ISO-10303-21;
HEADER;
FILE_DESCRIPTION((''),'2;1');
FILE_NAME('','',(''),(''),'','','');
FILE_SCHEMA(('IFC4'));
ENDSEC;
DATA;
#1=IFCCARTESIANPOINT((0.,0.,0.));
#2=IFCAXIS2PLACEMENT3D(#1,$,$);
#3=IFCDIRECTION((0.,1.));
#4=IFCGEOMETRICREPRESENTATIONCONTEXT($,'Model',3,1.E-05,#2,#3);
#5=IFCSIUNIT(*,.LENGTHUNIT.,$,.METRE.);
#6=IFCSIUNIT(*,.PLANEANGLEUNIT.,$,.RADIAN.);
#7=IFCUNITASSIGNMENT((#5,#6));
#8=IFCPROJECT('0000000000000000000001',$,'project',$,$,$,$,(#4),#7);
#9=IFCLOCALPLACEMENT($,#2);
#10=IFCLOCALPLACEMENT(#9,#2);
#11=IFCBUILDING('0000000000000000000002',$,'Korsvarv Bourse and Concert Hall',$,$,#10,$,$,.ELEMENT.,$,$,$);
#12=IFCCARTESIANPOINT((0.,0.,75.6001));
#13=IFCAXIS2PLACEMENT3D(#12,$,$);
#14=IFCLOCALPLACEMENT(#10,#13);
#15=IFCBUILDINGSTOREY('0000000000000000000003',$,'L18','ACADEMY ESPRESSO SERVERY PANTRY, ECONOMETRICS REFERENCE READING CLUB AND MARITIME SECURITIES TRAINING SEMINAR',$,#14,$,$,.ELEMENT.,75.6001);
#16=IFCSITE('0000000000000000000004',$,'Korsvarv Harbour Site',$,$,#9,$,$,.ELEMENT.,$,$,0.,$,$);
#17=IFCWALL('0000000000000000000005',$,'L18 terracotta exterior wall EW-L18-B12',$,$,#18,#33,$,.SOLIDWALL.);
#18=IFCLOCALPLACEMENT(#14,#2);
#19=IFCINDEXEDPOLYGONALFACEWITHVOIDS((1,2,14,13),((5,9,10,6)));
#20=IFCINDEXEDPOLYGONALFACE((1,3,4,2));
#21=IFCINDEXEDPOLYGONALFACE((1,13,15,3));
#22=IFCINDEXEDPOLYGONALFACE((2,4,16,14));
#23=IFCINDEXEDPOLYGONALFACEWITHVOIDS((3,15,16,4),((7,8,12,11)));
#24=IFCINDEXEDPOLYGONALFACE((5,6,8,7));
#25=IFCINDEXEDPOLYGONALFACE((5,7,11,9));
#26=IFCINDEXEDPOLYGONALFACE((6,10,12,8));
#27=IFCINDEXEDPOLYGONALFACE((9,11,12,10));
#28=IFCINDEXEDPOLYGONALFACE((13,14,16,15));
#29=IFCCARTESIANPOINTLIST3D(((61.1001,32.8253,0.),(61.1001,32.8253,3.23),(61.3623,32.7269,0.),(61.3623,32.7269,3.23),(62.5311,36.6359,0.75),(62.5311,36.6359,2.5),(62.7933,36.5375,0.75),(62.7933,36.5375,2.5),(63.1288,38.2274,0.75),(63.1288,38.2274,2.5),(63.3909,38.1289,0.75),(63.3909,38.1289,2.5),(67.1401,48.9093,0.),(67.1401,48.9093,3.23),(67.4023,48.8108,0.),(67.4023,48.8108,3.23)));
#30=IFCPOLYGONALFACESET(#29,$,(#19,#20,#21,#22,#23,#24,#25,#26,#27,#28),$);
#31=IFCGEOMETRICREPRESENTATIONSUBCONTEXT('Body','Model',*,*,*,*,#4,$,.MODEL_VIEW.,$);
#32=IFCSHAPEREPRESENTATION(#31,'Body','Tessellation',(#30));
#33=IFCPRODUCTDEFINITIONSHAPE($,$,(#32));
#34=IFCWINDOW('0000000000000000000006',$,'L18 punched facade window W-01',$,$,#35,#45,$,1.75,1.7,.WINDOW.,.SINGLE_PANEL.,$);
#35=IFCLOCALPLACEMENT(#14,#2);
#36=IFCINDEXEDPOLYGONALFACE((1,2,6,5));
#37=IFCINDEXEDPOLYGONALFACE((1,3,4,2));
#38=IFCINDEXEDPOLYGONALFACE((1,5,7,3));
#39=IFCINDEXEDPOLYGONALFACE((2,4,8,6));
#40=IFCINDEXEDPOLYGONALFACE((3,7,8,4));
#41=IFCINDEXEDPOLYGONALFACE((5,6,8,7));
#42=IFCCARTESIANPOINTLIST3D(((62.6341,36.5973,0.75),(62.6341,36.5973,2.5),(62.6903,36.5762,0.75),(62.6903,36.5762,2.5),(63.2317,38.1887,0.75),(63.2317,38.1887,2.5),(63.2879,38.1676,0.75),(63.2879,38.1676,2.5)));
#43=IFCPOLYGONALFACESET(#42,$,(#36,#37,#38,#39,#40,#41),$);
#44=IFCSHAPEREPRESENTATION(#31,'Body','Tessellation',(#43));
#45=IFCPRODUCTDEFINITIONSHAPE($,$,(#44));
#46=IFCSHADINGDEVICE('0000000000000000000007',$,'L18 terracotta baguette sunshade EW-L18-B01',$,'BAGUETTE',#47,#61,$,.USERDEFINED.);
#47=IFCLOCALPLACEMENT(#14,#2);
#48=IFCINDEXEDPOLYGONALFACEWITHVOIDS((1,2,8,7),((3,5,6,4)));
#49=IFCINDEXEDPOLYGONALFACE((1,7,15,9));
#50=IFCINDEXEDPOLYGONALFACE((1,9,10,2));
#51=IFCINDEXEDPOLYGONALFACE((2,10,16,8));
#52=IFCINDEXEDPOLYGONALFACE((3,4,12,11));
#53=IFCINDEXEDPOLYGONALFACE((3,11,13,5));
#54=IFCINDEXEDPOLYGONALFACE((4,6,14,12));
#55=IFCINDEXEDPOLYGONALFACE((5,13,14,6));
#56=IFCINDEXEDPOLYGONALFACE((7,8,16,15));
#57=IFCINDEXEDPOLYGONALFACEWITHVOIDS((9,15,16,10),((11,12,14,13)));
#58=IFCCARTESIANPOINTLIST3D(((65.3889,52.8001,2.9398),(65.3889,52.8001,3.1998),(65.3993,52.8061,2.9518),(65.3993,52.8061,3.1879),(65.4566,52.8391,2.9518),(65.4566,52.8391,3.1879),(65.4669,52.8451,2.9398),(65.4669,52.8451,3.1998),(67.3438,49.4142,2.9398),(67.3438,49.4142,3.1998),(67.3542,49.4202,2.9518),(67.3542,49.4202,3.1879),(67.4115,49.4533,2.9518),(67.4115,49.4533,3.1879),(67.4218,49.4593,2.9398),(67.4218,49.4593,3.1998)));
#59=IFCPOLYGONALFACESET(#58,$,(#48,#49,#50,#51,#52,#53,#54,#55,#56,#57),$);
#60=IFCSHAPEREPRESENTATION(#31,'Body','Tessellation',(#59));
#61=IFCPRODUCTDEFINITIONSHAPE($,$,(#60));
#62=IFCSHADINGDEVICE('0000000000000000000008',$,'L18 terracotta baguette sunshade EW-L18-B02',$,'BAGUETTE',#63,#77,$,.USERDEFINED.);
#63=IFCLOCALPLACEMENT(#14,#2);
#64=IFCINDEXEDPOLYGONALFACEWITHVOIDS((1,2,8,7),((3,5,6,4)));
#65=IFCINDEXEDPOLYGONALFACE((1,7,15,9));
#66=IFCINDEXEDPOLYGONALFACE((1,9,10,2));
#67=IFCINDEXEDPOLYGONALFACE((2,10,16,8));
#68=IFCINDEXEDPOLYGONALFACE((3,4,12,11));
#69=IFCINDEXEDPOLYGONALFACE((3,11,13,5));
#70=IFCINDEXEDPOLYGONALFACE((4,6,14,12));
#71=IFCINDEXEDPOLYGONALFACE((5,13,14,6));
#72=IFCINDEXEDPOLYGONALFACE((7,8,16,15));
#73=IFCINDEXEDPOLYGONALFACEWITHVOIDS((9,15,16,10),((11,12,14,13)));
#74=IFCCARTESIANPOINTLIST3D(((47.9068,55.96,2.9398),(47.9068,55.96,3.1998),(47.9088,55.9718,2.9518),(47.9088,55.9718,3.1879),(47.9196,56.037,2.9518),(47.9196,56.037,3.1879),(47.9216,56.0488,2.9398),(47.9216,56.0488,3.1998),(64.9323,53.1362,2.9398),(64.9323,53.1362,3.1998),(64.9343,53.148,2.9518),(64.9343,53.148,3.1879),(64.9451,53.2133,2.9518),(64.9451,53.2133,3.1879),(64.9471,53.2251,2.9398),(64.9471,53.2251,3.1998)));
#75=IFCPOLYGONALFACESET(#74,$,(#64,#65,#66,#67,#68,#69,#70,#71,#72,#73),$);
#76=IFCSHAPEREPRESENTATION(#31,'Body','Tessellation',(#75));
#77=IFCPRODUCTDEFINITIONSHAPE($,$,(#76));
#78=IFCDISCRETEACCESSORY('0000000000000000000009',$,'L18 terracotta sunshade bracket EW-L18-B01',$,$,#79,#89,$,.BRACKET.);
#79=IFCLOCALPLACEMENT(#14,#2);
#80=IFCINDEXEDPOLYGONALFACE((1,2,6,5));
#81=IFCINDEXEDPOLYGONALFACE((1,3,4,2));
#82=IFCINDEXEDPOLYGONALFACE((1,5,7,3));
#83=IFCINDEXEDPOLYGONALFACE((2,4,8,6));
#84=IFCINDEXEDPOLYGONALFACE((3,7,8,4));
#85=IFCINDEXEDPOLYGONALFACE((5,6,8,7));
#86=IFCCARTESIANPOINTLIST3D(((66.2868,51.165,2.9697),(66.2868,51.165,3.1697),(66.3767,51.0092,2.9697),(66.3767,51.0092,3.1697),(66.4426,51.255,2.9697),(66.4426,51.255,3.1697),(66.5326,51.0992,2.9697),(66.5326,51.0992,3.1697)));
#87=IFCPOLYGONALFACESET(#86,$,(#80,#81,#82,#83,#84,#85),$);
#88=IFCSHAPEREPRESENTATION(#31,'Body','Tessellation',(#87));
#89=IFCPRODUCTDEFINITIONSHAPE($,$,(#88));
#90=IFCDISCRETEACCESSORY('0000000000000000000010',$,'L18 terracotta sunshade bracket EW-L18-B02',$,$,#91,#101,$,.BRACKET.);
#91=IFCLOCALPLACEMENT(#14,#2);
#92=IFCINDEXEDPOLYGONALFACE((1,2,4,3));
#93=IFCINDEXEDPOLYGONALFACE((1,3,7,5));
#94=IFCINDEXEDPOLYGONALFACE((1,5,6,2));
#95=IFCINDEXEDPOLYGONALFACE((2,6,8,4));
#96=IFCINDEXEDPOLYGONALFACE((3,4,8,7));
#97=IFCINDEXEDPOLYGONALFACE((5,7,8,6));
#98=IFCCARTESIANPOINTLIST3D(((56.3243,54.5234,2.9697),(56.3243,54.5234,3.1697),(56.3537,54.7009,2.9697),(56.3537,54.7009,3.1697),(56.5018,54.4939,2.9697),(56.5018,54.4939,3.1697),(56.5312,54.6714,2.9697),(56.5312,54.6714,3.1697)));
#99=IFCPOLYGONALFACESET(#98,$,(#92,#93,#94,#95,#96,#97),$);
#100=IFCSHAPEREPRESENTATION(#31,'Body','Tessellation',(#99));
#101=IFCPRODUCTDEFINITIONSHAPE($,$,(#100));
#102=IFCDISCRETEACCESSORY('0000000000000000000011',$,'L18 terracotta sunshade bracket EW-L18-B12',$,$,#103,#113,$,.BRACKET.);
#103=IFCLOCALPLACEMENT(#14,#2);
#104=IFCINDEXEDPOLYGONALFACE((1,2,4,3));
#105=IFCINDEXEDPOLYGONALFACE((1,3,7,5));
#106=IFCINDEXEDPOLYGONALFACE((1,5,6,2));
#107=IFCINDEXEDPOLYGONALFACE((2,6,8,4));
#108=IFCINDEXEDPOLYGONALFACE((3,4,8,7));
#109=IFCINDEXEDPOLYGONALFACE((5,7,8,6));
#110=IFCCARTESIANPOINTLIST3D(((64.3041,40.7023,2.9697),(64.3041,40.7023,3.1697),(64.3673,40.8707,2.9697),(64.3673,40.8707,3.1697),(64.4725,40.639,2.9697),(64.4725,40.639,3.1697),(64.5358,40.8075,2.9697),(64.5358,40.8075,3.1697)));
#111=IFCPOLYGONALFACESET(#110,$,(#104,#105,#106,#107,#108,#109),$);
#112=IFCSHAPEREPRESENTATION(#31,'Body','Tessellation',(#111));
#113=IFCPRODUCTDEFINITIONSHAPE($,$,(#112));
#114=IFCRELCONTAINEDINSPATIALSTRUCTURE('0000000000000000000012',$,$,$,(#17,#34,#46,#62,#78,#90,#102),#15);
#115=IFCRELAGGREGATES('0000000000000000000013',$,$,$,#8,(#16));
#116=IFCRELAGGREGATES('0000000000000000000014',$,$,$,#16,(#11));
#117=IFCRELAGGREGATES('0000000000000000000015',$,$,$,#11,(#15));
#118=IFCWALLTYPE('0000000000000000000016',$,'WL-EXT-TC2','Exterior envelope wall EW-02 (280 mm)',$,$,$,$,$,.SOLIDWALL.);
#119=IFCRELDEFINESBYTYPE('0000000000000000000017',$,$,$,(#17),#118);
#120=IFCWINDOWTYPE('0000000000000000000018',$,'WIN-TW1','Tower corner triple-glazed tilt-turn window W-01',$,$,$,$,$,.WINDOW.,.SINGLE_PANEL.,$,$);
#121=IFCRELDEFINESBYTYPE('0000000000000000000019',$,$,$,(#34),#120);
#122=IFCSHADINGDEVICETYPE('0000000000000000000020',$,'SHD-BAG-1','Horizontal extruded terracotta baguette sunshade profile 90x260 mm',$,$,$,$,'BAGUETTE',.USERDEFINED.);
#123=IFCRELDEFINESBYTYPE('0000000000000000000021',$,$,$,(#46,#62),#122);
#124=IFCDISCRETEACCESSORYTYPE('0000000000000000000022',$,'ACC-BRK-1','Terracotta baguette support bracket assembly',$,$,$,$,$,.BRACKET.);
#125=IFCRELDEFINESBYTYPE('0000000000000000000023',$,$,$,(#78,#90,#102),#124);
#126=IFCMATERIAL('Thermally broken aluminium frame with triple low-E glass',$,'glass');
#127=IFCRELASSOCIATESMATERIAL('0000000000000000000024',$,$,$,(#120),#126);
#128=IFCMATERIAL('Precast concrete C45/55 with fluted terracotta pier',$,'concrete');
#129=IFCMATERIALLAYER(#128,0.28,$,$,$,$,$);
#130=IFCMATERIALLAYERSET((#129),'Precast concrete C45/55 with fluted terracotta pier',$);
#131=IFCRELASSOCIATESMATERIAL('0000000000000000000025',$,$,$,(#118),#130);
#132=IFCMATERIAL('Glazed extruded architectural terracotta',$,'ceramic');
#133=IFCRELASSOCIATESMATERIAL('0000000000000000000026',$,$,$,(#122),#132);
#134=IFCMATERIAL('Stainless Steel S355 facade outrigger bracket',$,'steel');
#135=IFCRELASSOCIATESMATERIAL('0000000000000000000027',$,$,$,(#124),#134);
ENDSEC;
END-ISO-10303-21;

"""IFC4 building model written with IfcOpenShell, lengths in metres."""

from ifc_helpers import new_model, si_unit, direction, frame, frame_2d, origin, origin_2d, place, context, subcontext, project, spatial, rectangle, hollow_rectangle, extrude, source, transform, mapped, material, layer, layer_set, material_profile, profile_set, type_object, element, fill, save


model = new_model("IFC4")

# Units and contexts
model_context = context("Model", 3, precision=1e-05, world=origin(), true_north=direction((0.0, 1.0)))
body_context = subcontext(model_context, "Body", "Model", "MODEL_VIEW")
ifc_project = project(units=[si_unit("LENGTHUNIT", "METRE"), si_unit("PLANEANGLEUNIT", "RADIAN")], contexts=[model_context])

# Site, building, storey
site_placement = place(None, origin())
site = spatial("IfcSite", under=ifc_project, at=site_placement, Name="Korsvarv Harbour Site", CompositionType="ELEMENT", RefElevation=0.0)
building_placement = place(site_placement, origin())
building = spatial("IfcBuilding", under=site, at=building_placement, Name="Korsvarv Bourse and Concert Hall", CompositionType="ELEMENT")
storey_placement = place(building_placement, frame((0.0, 0.0, 75.6001)))
storey = spatial("IfcBuildingStorey", under=building, at=storey_placement, Name="L18", Description="ACADEMY ESPRESSO SERVERY PANTRY, ECONOMETRICS REFERENCE READING CLUB AND MARITIME SECURITIES TRAINING SEMINAR", CompositionType="ELEMENT", Elevation=75.6001)

# Wall, opening, window
ifc_material_1 = material(Name="Thermally broken aluminium frame with triple low-E glass", Category="glass")
window_type = type_object("IfcWindowType", Name="WIN-TW1", Description="Tower corner triple-glazed tilt-turn window W-01", PartitioningType="SINGLE_PANEL", PredefinedType="WINDOW", material=ifc_material_1)
ifc_material_2 = material(Name="Precast concrete C45/55 with fluted terracotta pier", Category="concrete")
ifc_layer_1 = layer(ifc_material_2, 0.28)
ifc_layer_set_1 = layer_set([ifc_layer_1], Name="Precast concrete C45/55 with fluted terracotta pier")
wall_type_1 = type_object("IfcWallType", Name="WL-EXT-TC2", Description="Exterior envelope wall EW-02 (280 mm)", PredefinedType="SOLIDWALL", material=ifc_layer_set_1)
wall_1_placement = place(storey_placement, frame((61.2312, 32.7761, 0.0), z_axis=(0.0, 0.0, 1.0), x_axis=(0.351559, 0.936166, 0.0)))
wall_1 = element("IfcWall", 1, at=wall_1_placement, inside=storey, type_object=wall_type_1, Name="L18 terracotta exterior wall EW-L18-B12", PredefinedType="SOLIDWALL", context=body_context, shape_type="SweptSolid", body=[
    extrude(rectangle(XDim=17.1807, YDim=0.28, at=frame_2d((8.5903, 0.0))), origin(), (0.0, 0.0, 1.0), 3.23),
])
opening_1_placement = place(wall_1_placement, frame((4.0703, 0.0, 0.75)))
opening_1 = element("IfcOpeningElement", 2, at=opening_1_placement, cuts=wall_1, PredefinedType="OPENING", context=body_context, shape_type="SweptSolid", body=[
    extrude(rectangle(XDim=1.7, YDim=1.75, at=frame_2d((0.8501, 0.875))), frame((0.0, 0.1499, 0.0), z_axis=(0.0, -1.0, 0.0), x_axis=(1.0, 0.0, 0.0)), (0.0, 0.0, 1.0), 0.3),
])
window_1_placement = place(opening_1_placement, origin())
window_1 = element("IfcWindow", 3, at=window_1_placement, inside=storey, type_object=window_type, Name="L18 punched facade window W-01", OverallHeight=1.75, OverallWidth=1.7, PartitioningType="SINGLE_PANEL", PredefinedType="WINDOW", context=body_context, shape_type="SweptSolid", body=[
    extrude(rectangle(XDim=1.7, YDim=1.75, at=frame_2d((0.8501, 0.875))), frame((0.0, 0.03, 0.0), z_axis=(0.0, -1.0, 0.0), x_axis=(1.0, 0.0, 0.0)), (0.0, 0.0, 1.0), 0.0601),
])
fill(opening_1, window_1)

# Shading devices
ifc_material_3 = material(Name="Glazed extruded architectural terracotta", Category="ceramic")
ifc_material_profile_1 = material_profile(ifc_material_3, hollow_rectangle(XDim=0.0901, YDim=0.26, WallThickness=0.012, at=origin_2d()), Name="TC-BAG 90x260")
ifc_profile_set_1 = profile_set([ifc_material_profile_1], Name="Glazed extruded architectural terracotta")
shading_device_type = type_object("IfcShadingDeviceType", Name="SHD-BAG-1", Description="Horizontal extruded terracotta baguette sunshade profile 90x260 mm", ElementType="BAGUETTE", PredefinedType="USERDEFINED", material=ifc_profile_set_1)
shared_shape_1 = source(origin(), body_context, "Body", "SweptSolid", [
    extrude(hollow_rectangle(XDim=0.0901, YDim=0.26, WallThickness=0.012, at=origin_2d()), origin(), (0.0, 0.0, 1.0), 3.9097),
])
shading_device_1_placement = place(storey_placement, frame((67.3828, 49.4368, 3.0698), z_axis=(-0.500014, 0.866017, 0.0), x_axis=(-0.866017, -0.500014, 0.0)))
element("IfcShadingDevice", 4, at=shading_device_1_placement, inside=storey, type_object=shading_device_type, Name="L18 terracotta baguette sunshade EW-L18-B01", ObjectType="BAGUETTE", PredefinedType="USERDEFINED", context=body_context, shape_type="MappedRepresentation", body=[
    mapped(shared_shape_1, transform((0.0, 0.0, 0.0), scale=1.0)),
])
shared_shape_2 = source(origin(), body_context, "Body", "SweptSolid", [
    extrude(hollow_rectangle(XDim=0.0901, YDim=0.26, WallThickness=0.012, at=origin_2d()), origin(), (0.0, 0.0, 1.0), 17.2581),
])
shading_device_2_placement = place(storey_placement, frame((64.9397, 53.1807, 3.0698), z_axis=(-0.986524, 0.163619, 0.0), x_axis=(-0.163619, -0.986524, 0.0)))
element("IfcShadingDevice", 5, at=shading_device_2_placement, inside=storey, type_object=shading_device_type, Name="L18 terracotta baguette sunshade EW-L18-B02", ObjectType="BAGUETTE", PredefinedType="USERDEFINED", context=body_context, shape_type="MappedRepresentation", body=[
    mapped(shared_shape_2, transform((0.0, 0.0, 0.0), scale=1.0)),
])

# Discrete accessories
ifc_material_4 = material(Name="Stainless Steel S355 facade outrigger bracket", Category="steel")
discrete_accessory_type = type_object("IfcDiscreteAccessoryType", Name="ACC-BRK-1", Description="Terracotta baguette support bracket assembly", PredefinedType="BRACKET", material=ifc_material_4)
shared_shape_3 = source(origin(), body_context, "Body", "SweptSolid", [
    extrude(rectangle(XDim=0.1799, YDim=0.1799, at=origin_2d()), origin(), (0.0, 0.0, 1.0), 0.2),
])
for number, where, z_axis, x_axis, name in (
    (6, (66.4097, 51.1321, 2.9697), (0.0, 0.0, 1.0), (-0.5, 0.866025, 0.0), "L18 terracotta sunshade bracket EW-L18-B01"),
    (7, (56.4277, 54.5974, 2.9697), (0.0, 0.0, 1.0), (-0.986515, 0.16367, 0.0), "L18 terracotta sunshade bracket EW-L18-B02"),
    (8, (64.4199, 40.7549, 2.9697), (0.0, 0.0, 1.0), (0.351515, 0.936182, 0.0), "L18 terracotta sunshade bracket EW-L18-B12"),
):
    element("IfcDiscreteAccessory", number, at=place(storey_placement, frame(where, z_axis=z_axis, x_axis=x_axis)), inside=storey, type_object=discrete_accessory_type, Name=name, PredefinedType="BRACKET", context=body_context, shape_type="MappedRepresentation", body=[
        mapped(shared_shape_3, transform((0.0, 0.0, 0.0), scale=1.0)),
    ])

save(model, "model.ifc")
